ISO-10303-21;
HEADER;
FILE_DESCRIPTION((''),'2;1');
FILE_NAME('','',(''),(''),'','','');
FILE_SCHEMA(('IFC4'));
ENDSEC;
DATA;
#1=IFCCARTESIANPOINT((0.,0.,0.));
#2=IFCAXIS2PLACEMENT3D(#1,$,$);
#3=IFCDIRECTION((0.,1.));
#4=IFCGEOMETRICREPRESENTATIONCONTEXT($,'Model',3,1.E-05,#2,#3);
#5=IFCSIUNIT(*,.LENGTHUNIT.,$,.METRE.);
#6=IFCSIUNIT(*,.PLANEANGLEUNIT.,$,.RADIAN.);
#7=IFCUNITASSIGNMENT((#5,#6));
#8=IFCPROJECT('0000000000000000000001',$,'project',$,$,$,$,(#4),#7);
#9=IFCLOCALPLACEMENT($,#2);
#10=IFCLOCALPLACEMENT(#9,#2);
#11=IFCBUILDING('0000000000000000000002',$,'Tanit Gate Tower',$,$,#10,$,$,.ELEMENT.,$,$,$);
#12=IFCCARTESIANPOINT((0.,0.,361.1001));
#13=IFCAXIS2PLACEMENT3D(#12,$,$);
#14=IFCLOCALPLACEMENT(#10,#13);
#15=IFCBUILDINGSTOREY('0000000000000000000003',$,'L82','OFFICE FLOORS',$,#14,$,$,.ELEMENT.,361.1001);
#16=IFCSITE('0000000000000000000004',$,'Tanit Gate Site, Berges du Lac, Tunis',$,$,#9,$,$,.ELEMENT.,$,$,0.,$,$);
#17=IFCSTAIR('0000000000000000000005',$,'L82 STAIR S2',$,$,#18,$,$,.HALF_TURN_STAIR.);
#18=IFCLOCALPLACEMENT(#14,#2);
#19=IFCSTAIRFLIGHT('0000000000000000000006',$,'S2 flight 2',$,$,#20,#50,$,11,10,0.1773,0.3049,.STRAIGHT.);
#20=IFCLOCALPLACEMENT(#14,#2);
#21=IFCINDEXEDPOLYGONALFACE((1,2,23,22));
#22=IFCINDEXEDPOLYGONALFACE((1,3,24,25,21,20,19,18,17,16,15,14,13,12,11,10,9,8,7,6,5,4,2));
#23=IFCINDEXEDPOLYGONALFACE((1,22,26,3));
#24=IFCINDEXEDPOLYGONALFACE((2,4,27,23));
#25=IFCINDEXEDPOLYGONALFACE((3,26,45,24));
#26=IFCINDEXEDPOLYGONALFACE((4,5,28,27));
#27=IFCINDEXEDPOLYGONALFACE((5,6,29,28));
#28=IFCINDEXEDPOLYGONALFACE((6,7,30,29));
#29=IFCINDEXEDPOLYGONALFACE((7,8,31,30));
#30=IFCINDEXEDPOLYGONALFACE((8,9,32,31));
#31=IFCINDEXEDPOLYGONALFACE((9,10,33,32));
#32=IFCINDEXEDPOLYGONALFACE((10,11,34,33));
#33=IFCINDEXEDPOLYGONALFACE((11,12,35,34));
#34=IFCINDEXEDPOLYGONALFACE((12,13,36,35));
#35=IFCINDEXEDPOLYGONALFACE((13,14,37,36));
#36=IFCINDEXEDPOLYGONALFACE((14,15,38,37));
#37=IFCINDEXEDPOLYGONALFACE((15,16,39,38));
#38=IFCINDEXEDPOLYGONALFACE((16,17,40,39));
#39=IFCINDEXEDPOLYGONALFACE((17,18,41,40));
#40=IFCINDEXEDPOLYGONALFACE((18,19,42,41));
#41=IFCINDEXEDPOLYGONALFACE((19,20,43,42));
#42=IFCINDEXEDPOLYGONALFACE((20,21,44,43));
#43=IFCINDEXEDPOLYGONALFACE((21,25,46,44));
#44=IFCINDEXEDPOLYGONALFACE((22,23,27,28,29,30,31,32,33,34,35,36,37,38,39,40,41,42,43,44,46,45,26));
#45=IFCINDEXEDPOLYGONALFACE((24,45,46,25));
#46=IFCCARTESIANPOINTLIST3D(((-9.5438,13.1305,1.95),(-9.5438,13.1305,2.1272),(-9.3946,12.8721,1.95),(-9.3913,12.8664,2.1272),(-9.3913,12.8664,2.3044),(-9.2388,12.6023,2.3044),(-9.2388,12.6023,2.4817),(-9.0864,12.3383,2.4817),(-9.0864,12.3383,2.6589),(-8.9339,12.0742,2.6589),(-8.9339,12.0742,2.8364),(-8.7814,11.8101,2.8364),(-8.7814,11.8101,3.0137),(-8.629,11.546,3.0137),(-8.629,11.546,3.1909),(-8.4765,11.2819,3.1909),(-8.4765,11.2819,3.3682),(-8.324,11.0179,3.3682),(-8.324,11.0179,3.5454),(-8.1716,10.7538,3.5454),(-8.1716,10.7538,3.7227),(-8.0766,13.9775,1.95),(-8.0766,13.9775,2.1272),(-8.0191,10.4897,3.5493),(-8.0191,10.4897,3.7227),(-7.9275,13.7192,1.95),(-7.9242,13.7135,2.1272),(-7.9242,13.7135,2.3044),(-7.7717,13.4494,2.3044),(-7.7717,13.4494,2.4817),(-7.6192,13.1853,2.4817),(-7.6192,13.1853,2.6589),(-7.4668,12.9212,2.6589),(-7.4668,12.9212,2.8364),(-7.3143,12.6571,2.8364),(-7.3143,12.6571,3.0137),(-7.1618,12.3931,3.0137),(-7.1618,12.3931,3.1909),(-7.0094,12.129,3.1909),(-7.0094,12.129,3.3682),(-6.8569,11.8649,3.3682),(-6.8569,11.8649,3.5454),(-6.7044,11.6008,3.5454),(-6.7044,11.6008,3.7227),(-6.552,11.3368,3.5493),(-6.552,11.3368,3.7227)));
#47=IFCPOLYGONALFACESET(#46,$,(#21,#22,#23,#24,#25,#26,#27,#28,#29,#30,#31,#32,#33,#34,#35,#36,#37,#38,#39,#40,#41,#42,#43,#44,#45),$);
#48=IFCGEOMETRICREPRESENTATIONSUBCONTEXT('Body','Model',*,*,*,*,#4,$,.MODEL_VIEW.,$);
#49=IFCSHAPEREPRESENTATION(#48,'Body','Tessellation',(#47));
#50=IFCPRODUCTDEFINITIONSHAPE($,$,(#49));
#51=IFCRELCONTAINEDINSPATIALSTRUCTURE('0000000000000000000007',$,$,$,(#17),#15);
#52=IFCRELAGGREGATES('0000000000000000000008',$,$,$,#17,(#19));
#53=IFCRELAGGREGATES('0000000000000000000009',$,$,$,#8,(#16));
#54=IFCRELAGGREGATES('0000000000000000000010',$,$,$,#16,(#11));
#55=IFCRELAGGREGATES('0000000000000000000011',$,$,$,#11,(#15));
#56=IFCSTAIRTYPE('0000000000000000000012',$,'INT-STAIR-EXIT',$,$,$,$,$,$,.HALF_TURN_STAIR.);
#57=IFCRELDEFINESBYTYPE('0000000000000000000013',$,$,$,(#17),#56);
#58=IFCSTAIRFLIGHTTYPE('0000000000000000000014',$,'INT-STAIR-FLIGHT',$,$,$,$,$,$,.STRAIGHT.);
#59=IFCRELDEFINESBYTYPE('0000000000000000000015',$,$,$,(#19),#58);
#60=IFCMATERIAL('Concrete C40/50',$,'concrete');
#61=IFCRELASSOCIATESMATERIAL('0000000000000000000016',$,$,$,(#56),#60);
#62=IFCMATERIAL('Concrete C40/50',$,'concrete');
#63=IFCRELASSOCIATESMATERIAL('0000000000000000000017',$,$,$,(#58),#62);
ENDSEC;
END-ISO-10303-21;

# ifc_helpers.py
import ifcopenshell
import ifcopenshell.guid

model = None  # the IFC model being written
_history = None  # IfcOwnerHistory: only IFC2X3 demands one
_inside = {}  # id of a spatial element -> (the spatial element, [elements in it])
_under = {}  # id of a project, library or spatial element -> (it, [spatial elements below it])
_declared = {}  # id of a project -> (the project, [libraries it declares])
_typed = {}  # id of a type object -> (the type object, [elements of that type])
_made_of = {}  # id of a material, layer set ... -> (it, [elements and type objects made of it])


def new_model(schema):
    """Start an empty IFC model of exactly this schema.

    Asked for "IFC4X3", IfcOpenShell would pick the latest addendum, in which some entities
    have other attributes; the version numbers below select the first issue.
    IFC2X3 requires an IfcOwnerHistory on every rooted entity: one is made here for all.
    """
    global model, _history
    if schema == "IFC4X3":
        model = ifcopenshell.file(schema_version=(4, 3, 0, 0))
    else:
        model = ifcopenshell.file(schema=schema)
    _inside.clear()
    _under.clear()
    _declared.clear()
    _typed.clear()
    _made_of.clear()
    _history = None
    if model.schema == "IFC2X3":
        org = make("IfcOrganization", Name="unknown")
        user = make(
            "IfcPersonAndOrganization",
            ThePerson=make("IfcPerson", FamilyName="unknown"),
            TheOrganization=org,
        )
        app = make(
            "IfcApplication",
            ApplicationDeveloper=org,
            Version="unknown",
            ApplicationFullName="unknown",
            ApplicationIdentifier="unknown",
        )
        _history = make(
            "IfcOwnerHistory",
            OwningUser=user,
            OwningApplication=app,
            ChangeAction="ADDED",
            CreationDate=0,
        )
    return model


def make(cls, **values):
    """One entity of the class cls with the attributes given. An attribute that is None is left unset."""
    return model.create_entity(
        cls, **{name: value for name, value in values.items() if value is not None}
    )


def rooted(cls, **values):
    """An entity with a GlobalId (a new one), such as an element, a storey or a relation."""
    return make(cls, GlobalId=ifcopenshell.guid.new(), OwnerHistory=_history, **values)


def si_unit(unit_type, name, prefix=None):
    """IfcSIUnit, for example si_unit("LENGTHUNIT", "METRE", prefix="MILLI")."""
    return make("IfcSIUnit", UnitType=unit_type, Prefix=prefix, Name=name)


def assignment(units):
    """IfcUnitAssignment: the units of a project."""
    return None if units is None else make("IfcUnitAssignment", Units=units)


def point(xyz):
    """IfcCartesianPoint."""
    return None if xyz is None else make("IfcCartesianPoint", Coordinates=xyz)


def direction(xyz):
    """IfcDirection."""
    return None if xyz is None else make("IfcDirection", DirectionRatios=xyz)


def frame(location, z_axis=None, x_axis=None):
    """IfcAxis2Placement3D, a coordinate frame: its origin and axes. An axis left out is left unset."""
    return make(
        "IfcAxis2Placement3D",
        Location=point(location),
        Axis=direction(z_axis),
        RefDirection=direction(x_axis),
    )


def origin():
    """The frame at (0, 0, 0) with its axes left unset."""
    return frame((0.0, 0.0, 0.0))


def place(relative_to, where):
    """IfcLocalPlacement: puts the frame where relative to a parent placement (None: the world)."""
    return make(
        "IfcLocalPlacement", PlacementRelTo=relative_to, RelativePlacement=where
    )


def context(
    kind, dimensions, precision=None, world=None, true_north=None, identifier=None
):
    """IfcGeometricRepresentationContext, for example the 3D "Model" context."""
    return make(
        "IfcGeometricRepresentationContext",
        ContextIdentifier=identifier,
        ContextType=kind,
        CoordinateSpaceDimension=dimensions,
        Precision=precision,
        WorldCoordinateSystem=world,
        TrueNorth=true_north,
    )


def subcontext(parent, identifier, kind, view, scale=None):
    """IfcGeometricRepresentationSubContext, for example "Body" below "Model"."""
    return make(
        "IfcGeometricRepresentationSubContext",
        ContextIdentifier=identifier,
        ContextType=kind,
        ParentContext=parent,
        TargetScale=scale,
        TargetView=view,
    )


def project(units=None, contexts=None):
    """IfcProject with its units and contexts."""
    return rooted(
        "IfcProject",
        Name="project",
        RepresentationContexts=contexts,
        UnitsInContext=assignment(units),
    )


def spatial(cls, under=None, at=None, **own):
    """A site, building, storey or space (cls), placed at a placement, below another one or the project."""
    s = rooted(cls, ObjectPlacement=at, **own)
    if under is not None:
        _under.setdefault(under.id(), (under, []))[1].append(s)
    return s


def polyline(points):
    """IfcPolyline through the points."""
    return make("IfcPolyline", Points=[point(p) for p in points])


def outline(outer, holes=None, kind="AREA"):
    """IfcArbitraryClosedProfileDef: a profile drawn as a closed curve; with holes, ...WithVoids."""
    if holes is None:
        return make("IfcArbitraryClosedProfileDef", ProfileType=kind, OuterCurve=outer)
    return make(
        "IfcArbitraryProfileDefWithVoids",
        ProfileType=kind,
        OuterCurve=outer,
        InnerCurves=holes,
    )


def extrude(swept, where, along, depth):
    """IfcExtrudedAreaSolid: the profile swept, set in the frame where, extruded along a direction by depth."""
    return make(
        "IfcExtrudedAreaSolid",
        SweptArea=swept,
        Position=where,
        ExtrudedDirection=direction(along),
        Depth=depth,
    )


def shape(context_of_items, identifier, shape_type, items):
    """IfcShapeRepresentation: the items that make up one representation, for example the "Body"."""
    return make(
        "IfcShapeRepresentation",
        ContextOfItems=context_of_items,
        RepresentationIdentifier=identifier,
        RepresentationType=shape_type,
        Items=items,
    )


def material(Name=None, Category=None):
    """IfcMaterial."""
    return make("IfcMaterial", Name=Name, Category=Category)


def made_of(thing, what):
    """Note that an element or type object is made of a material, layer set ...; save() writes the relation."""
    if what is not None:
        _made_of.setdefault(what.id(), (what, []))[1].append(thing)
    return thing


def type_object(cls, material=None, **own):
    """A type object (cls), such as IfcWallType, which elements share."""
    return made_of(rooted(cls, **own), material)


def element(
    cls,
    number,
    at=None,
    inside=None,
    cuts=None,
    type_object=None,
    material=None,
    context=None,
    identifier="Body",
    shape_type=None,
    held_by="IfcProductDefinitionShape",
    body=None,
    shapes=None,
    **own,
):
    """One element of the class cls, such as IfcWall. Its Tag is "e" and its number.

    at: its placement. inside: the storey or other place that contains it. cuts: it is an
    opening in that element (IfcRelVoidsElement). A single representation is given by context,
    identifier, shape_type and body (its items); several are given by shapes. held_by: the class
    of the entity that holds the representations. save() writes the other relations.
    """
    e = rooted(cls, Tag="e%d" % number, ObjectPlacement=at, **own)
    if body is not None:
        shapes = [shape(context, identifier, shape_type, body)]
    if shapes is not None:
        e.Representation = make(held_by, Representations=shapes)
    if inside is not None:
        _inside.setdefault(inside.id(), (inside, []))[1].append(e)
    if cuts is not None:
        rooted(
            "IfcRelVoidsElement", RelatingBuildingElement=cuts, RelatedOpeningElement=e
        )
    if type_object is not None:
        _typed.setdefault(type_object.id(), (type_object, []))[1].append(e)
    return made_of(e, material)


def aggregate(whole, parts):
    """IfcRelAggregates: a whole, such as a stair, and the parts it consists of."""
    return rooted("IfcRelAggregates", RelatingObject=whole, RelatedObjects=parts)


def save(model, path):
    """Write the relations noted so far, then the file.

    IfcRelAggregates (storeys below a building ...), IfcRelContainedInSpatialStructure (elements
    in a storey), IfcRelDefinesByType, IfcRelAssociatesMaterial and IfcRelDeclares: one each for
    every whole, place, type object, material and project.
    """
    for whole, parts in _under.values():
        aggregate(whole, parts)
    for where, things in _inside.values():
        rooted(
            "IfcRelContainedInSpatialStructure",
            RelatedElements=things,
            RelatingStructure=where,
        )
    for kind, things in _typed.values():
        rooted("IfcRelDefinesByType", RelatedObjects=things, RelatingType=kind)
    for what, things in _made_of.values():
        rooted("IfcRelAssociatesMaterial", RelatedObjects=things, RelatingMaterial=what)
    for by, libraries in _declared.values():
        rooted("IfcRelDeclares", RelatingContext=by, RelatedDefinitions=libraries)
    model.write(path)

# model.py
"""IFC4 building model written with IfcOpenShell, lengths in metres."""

from ifc_helpers import new_model, si_unit, direction, frame, origin, place, context, subcontext, project, spatial, polyline, outline, extrude, material, type_object, element, aggregate, save


model = new_model("IFC4")

# Units and contexts
model_context = context("Model", 3, precision=1e-05, world=origin(), true_north=direction((0.0, 1.0)))
body_context = subcontext(model_context, "Body", "Model", "MODEL_VIEW")
ifc_project = project(units=[si_unit("LENGTHUNIT", "METRE"), si_unit("PLANEANGLEUNIT", "RADIAN")], contexts=[model_context])

# Site, building, storey
site_placement = place(None, origin())
site = spatial("IfcSite", under=ifc_project, at=site_placement, Name="Tanit Gate Site, Berges du Lac, Tunis", CompositionType="ELEMENT", RefElevation=0.0)
building_placement = place(site_placement, origin())
building = spatial("IfcBuilding", under=site, at=building_placement, Name="Tanit Gate Tower", CompositionType="ELEMENT")
storey_placement = place(building_placement, frame((0.0, 0.0, 361.1001)))
storey = spatial("IfcBuildingStorey", under=building, at=storey_placement, Name="L82", Description="OFFICE FLOORS", CompositionType="ELEMENT", Elevation=361.1001)

# Stair, stair flight
ifc_material_1 = material(Name="Concrete C40/50", Category="concrete")
stair_type = type_object("IfcStairType", Name="INT-STAIR-EXIT", PredefinedType="HALF_TURN_STAIR", material=ifc_material_1)
stair_placement = place(storey_placement, origin())
stair = element("IfcStair", 1, at=stair_placement, inside=storey, type_object=stair_type, Name="L82 STAIR S2", PredefinedType="HALF_TURN_STAIR")
ifc_material_2 = material(Name="Concrete C40/50", Category="concrete")
stair_flight_type = type_object("IfcStairFlightType", Name="INT-STAIR-FLIGHT", PredefinedType="STRAIGHT", material=ifc_material_2)
stair_flight_placement = place(storey_placement, frame((-8.8103, 13.554, 1.95), z_axis=(0.0, 0.0, 1.0), x_axis=(0.5, -0.866025, 0.0)))
stair_flight = element("IfcStairFlight", 2, at=stair_flight_placement, type_object=stair_flight_type, Name="S2 flight 2", NumberOfRisers=11, NumberOfTreads=10, PredefinedType="STRAIGHT", RiserHeight=0.1773, TreadLength=0.3049, context=body_context, shape_type="SweptSolid", body=[
    extrude(outline(polyline([(0.0, 0.0), (0.0, 0.1772), (0.3049, 0.1772), (0.3049, 0.3545), (0.6099, 0.3545), (0.6099, 0.5317), (0.9148, 0.5317), (0.9148, 0.709), (1.2197, 0.709), (1.2197, 0.8865), (1.5247, 0.8865), (1.5247, 1.0637), (1.8296, 1.0637), (1.8296, 1.241), (2.1345, 1.241), (2.1345, 1.4182), (2.4395, 1.4182), (2.4395, 1.5955), (2.7444, 1.5955), (2.7444, 1.7727), (3.0493, 1.7727), (3.0493, 1.95), (3.0493, 1.5994), (0.2983, 0.0), (0.0, 0.0)])), frame((0.0, 0.8472, 0.0), z_axis=(0.0, -1.0, 0.0), x_axis=(1.0, 0.0, 0.0)), (0.0, 0.0, 1.0), 1.6941),
])
aggregate(stair, [stair_flight])

save(model, "model.ifc")
